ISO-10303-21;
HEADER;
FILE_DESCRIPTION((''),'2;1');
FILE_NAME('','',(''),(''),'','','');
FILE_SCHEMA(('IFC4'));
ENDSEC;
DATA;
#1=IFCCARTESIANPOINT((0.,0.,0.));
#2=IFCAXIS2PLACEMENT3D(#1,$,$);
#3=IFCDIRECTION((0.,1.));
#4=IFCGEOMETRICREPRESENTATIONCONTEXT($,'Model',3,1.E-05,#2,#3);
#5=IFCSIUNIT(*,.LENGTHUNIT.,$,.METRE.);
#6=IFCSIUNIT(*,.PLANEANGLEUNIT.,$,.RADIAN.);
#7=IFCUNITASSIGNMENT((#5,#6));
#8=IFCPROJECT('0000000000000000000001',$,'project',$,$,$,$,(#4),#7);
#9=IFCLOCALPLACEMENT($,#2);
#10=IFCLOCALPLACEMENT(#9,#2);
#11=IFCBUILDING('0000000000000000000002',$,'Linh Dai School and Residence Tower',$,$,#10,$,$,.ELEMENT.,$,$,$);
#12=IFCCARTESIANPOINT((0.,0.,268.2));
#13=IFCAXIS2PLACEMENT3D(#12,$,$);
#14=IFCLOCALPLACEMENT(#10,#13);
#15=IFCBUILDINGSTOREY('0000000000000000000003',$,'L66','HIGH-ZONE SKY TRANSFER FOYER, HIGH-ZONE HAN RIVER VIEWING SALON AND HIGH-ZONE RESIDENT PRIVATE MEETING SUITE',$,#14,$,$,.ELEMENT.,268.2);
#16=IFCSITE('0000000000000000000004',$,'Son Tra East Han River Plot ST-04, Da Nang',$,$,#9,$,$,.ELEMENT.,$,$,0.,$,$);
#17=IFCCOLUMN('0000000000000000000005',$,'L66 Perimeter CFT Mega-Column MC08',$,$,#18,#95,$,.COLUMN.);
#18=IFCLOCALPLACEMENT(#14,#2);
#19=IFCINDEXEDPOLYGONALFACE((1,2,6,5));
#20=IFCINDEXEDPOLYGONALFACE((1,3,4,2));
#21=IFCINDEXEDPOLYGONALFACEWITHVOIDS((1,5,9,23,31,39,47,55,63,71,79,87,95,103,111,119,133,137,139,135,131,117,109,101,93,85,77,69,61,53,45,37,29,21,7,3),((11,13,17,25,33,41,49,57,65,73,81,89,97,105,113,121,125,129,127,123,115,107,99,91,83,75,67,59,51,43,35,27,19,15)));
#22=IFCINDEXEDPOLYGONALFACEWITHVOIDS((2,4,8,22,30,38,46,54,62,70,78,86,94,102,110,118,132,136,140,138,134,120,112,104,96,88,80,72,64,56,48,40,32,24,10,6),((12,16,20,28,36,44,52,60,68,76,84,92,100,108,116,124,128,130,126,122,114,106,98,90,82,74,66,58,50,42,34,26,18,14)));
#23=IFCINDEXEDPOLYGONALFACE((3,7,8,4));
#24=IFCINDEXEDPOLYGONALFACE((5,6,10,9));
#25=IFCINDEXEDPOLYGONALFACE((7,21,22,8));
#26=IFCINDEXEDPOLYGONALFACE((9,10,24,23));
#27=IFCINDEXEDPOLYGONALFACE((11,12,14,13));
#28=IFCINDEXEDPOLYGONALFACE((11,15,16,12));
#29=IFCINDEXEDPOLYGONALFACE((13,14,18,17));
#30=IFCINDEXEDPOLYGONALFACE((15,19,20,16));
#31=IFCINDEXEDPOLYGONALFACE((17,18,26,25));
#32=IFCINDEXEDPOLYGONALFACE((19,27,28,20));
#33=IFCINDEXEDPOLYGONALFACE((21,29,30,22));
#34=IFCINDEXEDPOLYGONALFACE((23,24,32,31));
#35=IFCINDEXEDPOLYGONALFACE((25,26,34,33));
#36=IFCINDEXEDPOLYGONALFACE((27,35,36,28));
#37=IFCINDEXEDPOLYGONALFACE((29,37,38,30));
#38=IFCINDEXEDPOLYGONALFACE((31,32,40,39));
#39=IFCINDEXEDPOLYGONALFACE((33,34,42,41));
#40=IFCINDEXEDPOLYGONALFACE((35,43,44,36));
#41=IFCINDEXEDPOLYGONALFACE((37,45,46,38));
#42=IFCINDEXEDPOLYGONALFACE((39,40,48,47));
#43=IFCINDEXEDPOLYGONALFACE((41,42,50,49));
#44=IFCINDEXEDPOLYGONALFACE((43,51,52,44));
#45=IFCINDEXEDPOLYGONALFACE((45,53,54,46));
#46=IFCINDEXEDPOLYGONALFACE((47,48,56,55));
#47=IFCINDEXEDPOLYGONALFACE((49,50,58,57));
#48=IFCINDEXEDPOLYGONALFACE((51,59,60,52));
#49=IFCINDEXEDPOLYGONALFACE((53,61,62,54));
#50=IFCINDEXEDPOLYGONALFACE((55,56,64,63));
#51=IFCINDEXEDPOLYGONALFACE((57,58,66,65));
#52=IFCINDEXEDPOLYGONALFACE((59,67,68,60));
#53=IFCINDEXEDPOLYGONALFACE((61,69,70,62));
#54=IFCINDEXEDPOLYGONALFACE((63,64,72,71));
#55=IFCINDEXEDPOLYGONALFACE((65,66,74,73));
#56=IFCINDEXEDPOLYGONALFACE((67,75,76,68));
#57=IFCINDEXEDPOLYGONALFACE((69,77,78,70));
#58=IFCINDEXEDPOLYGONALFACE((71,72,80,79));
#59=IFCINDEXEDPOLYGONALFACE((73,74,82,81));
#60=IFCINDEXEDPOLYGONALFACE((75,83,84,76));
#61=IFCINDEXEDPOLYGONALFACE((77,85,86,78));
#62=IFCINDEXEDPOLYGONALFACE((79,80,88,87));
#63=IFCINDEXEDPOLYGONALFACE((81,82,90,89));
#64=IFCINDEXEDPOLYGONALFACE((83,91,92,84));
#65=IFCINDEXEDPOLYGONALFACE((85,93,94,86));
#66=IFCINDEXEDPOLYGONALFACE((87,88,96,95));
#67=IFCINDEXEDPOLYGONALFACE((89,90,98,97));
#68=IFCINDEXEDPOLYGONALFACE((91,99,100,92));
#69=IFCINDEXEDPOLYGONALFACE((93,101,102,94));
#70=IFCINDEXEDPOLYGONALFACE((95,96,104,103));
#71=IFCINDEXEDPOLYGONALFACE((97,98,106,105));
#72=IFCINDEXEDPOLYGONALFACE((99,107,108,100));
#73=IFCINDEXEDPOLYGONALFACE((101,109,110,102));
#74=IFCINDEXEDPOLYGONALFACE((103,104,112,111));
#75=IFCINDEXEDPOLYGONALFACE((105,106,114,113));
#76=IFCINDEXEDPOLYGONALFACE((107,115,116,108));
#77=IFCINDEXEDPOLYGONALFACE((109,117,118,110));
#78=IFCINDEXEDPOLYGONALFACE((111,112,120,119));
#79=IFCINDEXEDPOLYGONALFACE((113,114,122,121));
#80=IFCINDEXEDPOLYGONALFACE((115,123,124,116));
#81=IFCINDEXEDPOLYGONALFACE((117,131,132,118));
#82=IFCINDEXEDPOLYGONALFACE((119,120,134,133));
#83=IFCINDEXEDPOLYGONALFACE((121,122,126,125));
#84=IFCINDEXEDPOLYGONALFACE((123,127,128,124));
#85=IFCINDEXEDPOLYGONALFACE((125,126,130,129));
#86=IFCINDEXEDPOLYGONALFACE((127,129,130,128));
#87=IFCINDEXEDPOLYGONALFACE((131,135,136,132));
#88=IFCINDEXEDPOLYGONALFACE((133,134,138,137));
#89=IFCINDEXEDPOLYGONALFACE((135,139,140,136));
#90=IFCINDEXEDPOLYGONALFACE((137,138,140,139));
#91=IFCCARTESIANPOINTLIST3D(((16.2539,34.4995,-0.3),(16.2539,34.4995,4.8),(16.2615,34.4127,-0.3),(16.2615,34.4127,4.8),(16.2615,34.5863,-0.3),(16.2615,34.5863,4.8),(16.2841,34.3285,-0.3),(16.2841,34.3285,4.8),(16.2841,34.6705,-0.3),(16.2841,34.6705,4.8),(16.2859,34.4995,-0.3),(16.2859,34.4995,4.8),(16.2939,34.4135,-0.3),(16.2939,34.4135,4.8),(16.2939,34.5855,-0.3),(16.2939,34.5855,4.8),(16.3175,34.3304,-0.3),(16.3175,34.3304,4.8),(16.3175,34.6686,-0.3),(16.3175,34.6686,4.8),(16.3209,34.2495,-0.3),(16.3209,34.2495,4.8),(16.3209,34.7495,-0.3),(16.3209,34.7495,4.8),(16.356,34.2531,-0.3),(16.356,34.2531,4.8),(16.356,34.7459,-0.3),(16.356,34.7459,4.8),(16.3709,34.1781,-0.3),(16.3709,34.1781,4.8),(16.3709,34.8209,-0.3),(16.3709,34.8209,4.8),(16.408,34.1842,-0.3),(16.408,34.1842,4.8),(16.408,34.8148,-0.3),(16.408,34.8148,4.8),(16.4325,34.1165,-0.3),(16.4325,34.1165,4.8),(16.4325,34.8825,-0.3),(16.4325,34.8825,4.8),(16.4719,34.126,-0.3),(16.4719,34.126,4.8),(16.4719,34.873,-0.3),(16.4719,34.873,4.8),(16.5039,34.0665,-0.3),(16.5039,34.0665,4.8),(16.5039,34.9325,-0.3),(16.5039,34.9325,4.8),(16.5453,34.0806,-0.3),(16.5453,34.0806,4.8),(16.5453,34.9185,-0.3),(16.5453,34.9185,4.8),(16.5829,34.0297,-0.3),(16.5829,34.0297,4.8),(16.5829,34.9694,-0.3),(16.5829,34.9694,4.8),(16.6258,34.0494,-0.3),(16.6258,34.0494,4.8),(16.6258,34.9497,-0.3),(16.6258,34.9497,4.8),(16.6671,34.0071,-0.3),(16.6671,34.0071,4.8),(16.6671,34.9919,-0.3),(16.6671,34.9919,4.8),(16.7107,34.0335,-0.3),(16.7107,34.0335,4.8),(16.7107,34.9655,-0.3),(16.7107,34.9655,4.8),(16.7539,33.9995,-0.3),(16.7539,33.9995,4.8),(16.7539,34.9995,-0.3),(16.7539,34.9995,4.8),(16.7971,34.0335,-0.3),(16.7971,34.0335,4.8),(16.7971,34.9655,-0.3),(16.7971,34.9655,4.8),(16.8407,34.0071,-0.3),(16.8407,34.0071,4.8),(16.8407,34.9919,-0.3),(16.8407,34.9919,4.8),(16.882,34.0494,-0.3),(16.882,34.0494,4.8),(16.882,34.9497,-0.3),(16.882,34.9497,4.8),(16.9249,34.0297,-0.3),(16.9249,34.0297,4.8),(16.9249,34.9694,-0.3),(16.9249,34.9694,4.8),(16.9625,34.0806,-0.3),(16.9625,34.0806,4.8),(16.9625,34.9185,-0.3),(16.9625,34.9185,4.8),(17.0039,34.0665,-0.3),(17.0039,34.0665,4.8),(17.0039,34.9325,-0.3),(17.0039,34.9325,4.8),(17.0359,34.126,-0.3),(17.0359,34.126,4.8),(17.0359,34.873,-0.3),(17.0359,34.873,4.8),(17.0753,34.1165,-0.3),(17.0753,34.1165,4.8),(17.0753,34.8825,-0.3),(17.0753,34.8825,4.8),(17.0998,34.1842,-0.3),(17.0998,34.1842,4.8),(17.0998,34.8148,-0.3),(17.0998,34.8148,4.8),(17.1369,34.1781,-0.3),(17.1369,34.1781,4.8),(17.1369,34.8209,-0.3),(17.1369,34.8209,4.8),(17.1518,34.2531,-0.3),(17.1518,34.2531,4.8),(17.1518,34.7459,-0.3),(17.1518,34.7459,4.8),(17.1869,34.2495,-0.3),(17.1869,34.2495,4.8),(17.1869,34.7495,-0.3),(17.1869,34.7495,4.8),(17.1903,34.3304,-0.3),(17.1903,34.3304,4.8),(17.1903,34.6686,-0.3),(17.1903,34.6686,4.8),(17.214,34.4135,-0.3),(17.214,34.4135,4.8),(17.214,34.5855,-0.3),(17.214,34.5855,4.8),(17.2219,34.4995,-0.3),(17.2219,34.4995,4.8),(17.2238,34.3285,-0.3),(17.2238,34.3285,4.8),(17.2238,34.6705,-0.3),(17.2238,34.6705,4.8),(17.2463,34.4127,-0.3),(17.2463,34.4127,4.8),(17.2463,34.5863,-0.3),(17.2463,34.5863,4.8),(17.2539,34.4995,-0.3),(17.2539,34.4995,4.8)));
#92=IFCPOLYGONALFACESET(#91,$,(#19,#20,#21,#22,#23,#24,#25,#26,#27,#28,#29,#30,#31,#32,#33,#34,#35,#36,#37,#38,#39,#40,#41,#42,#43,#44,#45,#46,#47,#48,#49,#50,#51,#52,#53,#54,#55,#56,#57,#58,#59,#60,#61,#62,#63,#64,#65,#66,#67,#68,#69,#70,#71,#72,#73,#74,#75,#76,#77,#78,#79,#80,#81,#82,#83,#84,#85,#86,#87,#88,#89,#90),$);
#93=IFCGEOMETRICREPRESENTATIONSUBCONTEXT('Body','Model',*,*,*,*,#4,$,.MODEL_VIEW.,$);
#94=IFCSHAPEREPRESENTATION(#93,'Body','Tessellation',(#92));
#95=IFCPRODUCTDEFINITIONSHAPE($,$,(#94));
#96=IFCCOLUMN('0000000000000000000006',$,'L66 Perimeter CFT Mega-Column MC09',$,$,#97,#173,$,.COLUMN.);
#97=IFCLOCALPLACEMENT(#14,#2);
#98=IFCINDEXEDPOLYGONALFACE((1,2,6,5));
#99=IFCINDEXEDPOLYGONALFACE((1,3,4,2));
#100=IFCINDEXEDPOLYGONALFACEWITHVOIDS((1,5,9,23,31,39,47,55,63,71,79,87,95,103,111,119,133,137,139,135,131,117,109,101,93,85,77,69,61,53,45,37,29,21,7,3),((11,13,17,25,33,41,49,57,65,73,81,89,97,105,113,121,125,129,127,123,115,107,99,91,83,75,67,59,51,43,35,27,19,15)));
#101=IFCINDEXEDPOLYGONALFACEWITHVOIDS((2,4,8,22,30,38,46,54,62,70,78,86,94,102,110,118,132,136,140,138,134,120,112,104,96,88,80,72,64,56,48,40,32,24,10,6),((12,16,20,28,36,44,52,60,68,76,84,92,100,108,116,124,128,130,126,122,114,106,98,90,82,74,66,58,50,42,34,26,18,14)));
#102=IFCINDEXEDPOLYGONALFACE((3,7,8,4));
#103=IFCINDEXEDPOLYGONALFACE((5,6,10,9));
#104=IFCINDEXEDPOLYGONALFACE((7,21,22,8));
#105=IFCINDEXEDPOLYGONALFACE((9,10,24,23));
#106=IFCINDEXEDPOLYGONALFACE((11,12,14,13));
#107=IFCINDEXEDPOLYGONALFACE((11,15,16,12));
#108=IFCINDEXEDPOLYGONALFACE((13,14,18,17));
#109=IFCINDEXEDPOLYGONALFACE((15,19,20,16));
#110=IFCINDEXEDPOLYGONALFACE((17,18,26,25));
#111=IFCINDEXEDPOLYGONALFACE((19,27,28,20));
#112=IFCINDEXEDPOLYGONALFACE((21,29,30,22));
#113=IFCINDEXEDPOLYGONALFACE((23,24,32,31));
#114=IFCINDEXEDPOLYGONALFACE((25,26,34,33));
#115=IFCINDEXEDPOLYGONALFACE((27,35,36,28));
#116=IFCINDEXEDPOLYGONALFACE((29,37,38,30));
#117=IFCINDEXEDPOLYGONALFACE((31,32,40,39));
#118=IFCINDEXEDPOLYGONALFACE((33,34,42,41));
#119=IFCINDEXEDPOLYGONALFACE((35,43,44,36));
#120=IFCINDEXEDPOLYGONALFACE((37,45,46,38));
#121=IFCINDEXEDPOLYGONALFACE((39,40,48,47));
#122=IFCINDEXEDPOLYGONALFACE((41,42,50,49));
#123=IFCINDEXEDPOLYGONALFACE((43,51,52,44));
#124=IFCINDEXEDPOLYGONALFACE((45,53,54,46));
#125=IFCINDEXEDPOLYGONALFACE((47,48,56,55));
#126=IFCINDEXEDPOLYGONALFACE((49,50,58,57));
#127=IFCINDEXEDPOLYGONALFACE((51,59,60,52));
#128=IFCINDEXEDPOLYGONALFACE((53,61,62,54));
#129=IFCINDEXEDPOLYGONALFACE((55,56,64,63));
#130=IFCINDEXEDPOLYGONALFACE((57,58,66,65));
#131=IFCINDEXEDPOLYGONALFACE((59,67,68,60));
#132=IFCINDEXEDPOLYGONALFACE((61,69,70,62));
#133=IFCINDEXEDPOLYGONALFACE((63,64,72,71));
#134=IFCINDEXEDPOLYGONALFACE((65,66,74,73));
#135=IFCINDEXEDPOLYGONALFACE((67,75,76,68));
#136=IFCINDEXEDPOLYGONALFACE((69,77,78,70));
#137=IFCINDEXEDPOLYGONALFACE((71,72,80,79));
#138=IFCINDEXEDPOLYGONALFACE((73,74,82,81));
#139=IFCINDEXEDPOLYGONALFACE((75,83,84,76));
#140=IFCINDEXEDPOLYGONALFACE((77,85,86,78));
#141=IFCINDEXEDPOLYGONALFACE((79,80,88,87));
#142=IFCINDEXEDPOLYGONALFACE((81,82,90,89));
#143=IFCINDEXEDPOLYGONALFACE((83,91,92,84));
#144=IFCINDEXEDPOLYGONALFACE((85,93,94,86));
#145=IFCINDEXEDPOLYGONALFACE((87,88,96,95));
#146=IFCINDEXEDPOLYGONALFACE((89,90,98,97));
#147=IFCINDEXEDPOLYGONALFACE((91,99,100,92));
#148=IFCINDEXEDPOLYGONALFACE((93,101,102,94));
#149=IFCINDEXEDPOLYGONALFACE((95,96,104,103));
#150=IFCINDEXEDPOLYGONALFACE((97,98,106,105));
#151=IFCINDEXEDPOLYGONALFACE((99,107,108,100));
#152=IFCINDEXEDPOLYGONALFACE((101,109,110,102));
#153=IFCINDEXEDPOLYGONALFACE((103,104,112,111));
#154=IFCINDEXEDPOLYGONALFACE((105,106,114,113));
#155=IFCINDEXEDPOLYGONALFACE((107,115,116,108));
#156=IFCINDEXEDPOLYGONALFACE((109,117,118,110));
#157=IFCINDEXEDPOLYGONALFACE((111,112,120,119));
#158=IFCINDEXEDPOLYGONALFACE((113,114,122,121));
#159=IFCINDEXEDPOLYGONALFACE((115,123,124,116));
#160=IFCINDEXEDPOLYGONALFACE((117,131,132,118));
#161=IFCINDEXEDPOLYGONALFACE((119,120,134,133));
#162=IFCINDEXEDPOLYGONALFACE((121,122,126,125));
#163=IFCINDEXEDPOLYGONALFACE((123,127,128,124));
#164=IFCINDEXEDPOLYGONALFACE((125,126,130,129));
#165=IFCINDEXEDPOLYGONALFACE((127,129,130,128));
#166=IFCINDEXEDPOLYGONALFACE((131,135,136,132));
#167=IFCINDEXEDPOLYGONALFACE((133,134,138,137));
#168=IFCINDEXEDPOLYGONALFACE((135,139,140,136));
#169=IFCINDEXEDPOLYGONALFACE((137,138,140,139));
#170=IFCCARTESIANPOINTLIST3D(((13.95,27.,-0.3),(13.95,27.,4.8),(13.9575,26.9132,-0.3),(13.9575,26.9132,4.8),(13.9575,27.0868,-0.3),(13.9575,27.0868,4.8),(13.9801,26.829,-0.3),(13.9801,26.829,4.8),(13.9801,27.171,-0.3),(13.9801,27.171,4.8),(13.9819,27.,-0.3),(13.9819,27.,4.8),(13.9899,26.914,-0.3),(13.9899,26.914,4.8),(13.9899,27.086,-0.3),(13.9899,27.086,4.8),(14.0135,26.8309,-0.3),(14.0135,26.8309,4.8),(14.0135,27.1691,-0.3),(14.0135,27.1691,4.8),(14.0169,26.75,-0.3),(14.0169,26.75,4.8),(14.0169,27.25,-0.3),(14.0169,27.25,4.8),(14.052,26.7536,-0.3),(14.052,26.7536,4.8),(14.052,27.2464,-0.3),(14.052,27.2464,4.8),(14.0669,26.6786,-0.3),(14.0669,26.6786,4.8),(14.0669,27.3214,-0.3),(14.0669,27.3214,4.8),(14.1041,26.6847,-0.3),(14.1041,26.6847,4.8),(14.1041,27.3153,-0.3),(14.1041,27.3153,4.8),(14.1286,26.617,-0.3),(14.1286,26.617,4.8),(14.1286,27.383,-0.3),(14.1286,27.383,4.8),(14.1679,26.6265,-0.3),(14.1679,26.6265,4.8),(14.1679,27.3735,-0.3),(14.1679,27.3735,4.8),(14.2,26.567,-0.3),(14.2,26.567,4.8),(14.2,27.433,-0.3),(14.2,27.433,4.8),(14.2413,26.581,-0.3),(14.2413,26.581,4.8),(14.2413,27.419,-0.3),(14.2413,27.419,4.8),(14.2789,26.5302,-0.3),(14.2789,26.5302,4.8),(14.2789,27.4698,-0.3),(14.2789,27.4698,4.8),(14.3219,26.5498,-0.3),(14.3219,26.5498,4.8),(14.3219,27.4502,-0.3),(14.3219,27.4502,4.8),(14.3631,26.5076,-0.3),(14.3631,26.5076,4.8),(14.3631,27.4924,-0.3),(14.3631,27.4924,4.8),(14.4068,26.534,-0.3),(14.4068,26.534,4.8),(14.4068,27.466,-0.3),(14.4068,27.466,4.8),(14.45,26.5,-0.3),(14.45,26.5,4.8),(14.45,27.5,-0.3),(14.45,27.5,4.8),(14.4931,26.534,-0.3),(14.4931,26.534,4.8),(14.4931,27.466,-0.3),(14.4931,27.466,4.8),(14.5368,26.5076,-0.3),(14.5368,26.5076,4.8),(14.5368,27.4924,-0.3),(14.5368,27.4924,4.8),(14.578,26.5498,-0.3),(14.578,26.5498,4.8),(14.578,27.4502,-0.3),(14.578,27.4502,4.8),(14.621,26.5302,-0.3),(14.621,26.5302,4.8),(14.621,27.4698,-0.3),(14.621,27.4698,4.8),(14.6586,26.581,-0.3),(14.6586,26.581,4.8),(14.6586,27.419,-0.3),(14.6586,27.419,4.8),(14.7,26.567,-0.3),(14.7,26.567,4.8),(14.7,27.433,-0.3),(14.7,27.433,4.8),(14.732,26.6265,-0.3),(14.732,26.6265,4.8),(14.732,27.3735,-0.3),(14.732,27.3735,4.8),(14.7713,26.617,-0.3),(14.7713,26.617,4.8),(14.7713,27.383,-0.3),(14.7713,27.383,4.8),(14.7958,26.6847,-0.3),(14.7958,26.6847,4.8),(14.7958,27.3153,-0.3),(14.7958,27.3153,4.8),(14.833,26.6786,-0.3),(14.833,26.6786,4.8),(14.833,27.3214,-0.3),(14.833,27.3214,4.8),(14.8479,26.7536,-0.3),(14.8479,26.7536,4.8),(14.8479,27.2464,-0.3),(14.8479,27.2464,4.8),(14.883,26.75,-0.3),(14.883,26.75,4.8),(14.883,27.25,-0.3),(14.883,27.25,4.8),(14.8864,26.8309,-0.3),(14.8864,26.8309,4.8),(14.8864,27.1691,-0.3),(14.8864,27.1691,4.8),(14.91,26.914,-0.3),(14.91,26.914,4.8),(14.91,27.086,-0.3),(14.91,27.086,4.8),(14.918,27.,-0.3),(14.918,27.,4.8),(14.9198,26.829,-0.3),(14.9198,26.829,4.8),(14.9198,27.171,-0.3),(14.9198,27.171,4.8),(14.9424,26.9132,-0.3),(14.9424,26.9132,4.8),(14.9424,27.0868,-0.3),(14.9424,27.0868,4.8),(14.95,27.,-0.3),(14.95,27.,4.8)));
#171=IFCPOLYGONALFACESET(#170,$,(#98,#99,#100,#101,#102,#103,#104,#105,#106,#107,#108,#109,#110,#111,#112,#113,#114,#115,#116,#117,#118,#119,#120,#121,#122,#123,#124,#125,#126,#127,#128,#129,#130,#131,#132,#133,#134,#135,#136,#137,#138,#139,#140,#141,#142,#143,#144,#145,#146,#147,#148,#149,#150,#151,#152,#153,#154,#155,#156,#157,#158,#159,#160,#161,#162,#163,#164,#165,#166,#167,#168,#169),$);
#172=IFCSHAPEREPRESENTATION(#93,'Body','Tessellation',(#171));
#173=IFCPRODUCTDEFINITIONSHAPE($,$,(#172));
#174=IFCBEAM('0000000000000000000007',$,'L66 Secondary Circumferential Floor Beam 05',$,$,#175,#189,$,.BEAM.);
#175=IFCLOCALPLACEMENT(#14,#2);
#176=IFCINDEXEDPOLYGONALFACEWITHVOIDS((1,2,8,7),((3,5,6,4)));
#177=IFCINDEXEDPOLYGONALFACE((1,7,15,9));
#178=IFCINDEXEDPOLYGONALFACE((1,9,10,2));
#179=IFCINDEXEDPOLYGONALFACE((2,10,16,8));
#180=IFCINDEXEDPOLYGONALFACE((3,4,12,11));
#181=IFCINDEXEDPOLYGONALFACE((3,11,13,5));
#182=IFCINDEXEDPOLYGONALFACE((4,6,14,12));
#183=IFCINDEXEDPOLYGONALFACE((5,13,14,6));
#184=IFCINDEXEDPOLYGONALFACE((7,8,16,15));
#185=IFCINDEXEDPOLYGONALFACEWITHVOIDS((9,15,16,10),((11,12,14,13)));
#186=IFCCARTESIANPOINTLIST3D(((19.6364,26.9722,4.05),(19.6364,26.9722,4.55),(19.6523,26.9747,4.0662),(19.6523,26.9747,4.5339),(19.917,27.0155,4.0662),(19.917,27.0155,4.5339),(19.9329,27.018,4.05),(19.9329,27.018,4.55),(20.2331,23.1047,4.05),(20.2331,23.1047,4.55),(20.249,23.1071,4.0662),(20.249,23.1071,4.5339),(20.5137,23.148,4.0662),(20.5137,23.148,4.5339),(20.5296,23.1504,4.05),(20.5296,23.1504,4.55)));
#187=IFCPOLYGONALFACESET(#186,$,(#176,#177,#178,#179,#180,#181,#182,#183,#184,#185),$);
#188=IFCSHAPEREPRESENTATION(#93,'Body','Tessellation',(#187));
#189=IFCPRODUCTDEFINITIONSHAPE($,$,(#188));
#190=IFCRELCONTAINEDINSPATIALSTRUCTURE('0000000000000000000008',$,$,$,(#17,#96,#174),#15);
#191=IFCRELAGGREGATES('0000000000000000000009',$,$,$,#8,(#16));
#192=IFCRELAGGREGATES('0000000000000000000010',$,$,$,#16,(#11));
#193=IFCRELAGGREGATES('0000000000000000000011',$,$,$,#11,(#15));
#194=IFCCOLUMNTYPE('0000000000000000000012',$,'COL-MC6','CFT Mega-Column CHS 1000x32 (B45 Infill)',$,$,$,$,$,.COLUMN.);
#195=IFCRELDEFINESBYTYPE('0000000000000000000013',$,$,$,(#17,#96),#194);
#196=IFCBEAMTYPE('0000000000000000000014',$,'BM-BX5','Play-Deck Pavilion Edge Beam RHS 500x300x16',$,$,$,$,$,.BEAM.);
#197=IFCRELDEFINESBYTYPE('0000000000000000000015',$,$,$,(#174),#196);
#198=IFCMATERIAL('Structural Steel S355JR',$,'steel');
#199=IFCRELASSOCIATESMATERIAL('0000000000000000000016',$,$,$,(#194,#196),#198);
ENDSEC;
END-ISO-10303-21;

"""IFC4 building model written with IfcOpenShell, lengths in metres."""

from ifc_helpers import new_model, si_unit, direction, frame, origin, origin_2d, place, context, subcontext, project, spatial, hollow_rectangle, hollow_circle, extrude, material, material_profile, profile_set, type_object, element, save


model = new_model("IFC4")

# Units and contexts
model_context = context("Model", 3, precision=1e-05, world=origin(), true_north=direction((0.0, 1.0)))
body_context = subcontext(model_context, "Body", "Model", "MODEL_VIEW")
ifc_project = project(units=[si_unit("LENGTHUNIT", "METRE"), si_unit("PLANEANGLEUNIT", "RADIAN")], contexts=[model_context])

# Site, building, storey
site_placement = place(None, origin())
site = spatial("IfcSite", under=ifc_project, at=site_placement, Name="Son Tra East Han River Plot ST-04, Da Nang", CompositionType="ELEMENT", RefElevation=0.0)
building_placement = place(site_placement, origin())
building = spatial("IfcBuilding", under=site, at=building_placement, Name="Linh Dai School and Residence Tower", CompositionType="ELEMENT")
storey_placement = place(building_placement, frame((0.0, 0.0, 268.2)))
storey = spatial("IfcBuildingStorey", under=building, at=storey_placement, Name="L66", Description="HIGH-ZONE SKY TRANSFER FOYER, HIGH-ZONE HAN RIVER VIEWING SALON AND HIGH-ZONE RESIDENT PRIVATE MEETING SUITE", CompositionType="ELEMENT", Elevation=268.2)

# Columns
ifc_material_1 = material(Name="Structural Steel S355JR", Category="steel")
ifc_material_profile_1 = material_profile(ifc_material_1, hollow_circle(Radius=0.5, WallThickness=0.032, at=origin_2d()), Name="CHS 1000x32")
ifc_profile_set_1 = profile_set([ifc_material_profile_1], Name="Structural Steel S355JR")
column_type = type_object("IfcColumnType", Name="COL-MC6", Description="CFT Mega-Column CHS 1000x32 (B45 Infill)", PredefinedType="COLUMN", material=ifc_profile_set_1)
for number, where, z_axis, x_axis, name in (
    (1, (16.7539, 34.4995, -0.3), (0.0, 0.0, 1.0), (1.0, 0.0, 0.0), "L66 Perimeter CFT Mega-Column MC08"),
    (2, (14.45, 27.0, -0.3), (0.0, 0.0, 1.0), (1.0, 0.0, 0.0), "L66 Perimeter CFT Mega-Column MC09"),
):
    element("IfcColumn", number, at=place(storey_placement, frame(where, z_axis=z_axis, x_axis=x_axis)), inside=storey, type_object=column_type, Name=name, PredefinedType="COLUMN", context=body_context, shape_type="SweptSolid", body=[
        extrude(hollow_circle(Radius=0.5, WallThickness=0.032, at=origin_2d()), origin(), (0.0, 0.0, 1.0), 5.1001),
    ])

# Beam
ifc_material_profile_2 = material_profile(ifc_material_1, hollow_rectangle(XDim=0.3, YDim=0.5, WallThickness=0.0161, at=origin_2d()), Name="RHS 500x300x16")
ifc_profile_set_2 = profile_set([ifc_material_profile_2], Name="Structural Steel S355JR")
beam_type_1 = type_object("IfcBeamType", Name="BM-BX5", Description="Play-Deck Pavilion Edge Beam RHS 500x300x16", PredefinedType="BEAM", material=ifc_profile_set_2)
beam_1_placement = place(storey_placement, frame((19.7847, 26.9951, 4.3), z_axis=(0.15247, -0.988308, 0.0), x_axis=(0.988308, 0.15247, 0.0)))
element("IfcBeam", 3, at=beam_1_placement, inside=storey, type_object=beam_type_1, Name="L66 Secondary Circumferential Floor Beam 05", PredefinedType="BEAM", context=body_context, shape_type="SweptSolid", body=[
    extrude(hollow_rectangle(XDim=0.3, YDim=0.5, WallThickness=0.0161, at=origin_2d()), origin(), (0.0, 0.0, 1.0), 3.9133),
])

save(model, "model.ifc")
